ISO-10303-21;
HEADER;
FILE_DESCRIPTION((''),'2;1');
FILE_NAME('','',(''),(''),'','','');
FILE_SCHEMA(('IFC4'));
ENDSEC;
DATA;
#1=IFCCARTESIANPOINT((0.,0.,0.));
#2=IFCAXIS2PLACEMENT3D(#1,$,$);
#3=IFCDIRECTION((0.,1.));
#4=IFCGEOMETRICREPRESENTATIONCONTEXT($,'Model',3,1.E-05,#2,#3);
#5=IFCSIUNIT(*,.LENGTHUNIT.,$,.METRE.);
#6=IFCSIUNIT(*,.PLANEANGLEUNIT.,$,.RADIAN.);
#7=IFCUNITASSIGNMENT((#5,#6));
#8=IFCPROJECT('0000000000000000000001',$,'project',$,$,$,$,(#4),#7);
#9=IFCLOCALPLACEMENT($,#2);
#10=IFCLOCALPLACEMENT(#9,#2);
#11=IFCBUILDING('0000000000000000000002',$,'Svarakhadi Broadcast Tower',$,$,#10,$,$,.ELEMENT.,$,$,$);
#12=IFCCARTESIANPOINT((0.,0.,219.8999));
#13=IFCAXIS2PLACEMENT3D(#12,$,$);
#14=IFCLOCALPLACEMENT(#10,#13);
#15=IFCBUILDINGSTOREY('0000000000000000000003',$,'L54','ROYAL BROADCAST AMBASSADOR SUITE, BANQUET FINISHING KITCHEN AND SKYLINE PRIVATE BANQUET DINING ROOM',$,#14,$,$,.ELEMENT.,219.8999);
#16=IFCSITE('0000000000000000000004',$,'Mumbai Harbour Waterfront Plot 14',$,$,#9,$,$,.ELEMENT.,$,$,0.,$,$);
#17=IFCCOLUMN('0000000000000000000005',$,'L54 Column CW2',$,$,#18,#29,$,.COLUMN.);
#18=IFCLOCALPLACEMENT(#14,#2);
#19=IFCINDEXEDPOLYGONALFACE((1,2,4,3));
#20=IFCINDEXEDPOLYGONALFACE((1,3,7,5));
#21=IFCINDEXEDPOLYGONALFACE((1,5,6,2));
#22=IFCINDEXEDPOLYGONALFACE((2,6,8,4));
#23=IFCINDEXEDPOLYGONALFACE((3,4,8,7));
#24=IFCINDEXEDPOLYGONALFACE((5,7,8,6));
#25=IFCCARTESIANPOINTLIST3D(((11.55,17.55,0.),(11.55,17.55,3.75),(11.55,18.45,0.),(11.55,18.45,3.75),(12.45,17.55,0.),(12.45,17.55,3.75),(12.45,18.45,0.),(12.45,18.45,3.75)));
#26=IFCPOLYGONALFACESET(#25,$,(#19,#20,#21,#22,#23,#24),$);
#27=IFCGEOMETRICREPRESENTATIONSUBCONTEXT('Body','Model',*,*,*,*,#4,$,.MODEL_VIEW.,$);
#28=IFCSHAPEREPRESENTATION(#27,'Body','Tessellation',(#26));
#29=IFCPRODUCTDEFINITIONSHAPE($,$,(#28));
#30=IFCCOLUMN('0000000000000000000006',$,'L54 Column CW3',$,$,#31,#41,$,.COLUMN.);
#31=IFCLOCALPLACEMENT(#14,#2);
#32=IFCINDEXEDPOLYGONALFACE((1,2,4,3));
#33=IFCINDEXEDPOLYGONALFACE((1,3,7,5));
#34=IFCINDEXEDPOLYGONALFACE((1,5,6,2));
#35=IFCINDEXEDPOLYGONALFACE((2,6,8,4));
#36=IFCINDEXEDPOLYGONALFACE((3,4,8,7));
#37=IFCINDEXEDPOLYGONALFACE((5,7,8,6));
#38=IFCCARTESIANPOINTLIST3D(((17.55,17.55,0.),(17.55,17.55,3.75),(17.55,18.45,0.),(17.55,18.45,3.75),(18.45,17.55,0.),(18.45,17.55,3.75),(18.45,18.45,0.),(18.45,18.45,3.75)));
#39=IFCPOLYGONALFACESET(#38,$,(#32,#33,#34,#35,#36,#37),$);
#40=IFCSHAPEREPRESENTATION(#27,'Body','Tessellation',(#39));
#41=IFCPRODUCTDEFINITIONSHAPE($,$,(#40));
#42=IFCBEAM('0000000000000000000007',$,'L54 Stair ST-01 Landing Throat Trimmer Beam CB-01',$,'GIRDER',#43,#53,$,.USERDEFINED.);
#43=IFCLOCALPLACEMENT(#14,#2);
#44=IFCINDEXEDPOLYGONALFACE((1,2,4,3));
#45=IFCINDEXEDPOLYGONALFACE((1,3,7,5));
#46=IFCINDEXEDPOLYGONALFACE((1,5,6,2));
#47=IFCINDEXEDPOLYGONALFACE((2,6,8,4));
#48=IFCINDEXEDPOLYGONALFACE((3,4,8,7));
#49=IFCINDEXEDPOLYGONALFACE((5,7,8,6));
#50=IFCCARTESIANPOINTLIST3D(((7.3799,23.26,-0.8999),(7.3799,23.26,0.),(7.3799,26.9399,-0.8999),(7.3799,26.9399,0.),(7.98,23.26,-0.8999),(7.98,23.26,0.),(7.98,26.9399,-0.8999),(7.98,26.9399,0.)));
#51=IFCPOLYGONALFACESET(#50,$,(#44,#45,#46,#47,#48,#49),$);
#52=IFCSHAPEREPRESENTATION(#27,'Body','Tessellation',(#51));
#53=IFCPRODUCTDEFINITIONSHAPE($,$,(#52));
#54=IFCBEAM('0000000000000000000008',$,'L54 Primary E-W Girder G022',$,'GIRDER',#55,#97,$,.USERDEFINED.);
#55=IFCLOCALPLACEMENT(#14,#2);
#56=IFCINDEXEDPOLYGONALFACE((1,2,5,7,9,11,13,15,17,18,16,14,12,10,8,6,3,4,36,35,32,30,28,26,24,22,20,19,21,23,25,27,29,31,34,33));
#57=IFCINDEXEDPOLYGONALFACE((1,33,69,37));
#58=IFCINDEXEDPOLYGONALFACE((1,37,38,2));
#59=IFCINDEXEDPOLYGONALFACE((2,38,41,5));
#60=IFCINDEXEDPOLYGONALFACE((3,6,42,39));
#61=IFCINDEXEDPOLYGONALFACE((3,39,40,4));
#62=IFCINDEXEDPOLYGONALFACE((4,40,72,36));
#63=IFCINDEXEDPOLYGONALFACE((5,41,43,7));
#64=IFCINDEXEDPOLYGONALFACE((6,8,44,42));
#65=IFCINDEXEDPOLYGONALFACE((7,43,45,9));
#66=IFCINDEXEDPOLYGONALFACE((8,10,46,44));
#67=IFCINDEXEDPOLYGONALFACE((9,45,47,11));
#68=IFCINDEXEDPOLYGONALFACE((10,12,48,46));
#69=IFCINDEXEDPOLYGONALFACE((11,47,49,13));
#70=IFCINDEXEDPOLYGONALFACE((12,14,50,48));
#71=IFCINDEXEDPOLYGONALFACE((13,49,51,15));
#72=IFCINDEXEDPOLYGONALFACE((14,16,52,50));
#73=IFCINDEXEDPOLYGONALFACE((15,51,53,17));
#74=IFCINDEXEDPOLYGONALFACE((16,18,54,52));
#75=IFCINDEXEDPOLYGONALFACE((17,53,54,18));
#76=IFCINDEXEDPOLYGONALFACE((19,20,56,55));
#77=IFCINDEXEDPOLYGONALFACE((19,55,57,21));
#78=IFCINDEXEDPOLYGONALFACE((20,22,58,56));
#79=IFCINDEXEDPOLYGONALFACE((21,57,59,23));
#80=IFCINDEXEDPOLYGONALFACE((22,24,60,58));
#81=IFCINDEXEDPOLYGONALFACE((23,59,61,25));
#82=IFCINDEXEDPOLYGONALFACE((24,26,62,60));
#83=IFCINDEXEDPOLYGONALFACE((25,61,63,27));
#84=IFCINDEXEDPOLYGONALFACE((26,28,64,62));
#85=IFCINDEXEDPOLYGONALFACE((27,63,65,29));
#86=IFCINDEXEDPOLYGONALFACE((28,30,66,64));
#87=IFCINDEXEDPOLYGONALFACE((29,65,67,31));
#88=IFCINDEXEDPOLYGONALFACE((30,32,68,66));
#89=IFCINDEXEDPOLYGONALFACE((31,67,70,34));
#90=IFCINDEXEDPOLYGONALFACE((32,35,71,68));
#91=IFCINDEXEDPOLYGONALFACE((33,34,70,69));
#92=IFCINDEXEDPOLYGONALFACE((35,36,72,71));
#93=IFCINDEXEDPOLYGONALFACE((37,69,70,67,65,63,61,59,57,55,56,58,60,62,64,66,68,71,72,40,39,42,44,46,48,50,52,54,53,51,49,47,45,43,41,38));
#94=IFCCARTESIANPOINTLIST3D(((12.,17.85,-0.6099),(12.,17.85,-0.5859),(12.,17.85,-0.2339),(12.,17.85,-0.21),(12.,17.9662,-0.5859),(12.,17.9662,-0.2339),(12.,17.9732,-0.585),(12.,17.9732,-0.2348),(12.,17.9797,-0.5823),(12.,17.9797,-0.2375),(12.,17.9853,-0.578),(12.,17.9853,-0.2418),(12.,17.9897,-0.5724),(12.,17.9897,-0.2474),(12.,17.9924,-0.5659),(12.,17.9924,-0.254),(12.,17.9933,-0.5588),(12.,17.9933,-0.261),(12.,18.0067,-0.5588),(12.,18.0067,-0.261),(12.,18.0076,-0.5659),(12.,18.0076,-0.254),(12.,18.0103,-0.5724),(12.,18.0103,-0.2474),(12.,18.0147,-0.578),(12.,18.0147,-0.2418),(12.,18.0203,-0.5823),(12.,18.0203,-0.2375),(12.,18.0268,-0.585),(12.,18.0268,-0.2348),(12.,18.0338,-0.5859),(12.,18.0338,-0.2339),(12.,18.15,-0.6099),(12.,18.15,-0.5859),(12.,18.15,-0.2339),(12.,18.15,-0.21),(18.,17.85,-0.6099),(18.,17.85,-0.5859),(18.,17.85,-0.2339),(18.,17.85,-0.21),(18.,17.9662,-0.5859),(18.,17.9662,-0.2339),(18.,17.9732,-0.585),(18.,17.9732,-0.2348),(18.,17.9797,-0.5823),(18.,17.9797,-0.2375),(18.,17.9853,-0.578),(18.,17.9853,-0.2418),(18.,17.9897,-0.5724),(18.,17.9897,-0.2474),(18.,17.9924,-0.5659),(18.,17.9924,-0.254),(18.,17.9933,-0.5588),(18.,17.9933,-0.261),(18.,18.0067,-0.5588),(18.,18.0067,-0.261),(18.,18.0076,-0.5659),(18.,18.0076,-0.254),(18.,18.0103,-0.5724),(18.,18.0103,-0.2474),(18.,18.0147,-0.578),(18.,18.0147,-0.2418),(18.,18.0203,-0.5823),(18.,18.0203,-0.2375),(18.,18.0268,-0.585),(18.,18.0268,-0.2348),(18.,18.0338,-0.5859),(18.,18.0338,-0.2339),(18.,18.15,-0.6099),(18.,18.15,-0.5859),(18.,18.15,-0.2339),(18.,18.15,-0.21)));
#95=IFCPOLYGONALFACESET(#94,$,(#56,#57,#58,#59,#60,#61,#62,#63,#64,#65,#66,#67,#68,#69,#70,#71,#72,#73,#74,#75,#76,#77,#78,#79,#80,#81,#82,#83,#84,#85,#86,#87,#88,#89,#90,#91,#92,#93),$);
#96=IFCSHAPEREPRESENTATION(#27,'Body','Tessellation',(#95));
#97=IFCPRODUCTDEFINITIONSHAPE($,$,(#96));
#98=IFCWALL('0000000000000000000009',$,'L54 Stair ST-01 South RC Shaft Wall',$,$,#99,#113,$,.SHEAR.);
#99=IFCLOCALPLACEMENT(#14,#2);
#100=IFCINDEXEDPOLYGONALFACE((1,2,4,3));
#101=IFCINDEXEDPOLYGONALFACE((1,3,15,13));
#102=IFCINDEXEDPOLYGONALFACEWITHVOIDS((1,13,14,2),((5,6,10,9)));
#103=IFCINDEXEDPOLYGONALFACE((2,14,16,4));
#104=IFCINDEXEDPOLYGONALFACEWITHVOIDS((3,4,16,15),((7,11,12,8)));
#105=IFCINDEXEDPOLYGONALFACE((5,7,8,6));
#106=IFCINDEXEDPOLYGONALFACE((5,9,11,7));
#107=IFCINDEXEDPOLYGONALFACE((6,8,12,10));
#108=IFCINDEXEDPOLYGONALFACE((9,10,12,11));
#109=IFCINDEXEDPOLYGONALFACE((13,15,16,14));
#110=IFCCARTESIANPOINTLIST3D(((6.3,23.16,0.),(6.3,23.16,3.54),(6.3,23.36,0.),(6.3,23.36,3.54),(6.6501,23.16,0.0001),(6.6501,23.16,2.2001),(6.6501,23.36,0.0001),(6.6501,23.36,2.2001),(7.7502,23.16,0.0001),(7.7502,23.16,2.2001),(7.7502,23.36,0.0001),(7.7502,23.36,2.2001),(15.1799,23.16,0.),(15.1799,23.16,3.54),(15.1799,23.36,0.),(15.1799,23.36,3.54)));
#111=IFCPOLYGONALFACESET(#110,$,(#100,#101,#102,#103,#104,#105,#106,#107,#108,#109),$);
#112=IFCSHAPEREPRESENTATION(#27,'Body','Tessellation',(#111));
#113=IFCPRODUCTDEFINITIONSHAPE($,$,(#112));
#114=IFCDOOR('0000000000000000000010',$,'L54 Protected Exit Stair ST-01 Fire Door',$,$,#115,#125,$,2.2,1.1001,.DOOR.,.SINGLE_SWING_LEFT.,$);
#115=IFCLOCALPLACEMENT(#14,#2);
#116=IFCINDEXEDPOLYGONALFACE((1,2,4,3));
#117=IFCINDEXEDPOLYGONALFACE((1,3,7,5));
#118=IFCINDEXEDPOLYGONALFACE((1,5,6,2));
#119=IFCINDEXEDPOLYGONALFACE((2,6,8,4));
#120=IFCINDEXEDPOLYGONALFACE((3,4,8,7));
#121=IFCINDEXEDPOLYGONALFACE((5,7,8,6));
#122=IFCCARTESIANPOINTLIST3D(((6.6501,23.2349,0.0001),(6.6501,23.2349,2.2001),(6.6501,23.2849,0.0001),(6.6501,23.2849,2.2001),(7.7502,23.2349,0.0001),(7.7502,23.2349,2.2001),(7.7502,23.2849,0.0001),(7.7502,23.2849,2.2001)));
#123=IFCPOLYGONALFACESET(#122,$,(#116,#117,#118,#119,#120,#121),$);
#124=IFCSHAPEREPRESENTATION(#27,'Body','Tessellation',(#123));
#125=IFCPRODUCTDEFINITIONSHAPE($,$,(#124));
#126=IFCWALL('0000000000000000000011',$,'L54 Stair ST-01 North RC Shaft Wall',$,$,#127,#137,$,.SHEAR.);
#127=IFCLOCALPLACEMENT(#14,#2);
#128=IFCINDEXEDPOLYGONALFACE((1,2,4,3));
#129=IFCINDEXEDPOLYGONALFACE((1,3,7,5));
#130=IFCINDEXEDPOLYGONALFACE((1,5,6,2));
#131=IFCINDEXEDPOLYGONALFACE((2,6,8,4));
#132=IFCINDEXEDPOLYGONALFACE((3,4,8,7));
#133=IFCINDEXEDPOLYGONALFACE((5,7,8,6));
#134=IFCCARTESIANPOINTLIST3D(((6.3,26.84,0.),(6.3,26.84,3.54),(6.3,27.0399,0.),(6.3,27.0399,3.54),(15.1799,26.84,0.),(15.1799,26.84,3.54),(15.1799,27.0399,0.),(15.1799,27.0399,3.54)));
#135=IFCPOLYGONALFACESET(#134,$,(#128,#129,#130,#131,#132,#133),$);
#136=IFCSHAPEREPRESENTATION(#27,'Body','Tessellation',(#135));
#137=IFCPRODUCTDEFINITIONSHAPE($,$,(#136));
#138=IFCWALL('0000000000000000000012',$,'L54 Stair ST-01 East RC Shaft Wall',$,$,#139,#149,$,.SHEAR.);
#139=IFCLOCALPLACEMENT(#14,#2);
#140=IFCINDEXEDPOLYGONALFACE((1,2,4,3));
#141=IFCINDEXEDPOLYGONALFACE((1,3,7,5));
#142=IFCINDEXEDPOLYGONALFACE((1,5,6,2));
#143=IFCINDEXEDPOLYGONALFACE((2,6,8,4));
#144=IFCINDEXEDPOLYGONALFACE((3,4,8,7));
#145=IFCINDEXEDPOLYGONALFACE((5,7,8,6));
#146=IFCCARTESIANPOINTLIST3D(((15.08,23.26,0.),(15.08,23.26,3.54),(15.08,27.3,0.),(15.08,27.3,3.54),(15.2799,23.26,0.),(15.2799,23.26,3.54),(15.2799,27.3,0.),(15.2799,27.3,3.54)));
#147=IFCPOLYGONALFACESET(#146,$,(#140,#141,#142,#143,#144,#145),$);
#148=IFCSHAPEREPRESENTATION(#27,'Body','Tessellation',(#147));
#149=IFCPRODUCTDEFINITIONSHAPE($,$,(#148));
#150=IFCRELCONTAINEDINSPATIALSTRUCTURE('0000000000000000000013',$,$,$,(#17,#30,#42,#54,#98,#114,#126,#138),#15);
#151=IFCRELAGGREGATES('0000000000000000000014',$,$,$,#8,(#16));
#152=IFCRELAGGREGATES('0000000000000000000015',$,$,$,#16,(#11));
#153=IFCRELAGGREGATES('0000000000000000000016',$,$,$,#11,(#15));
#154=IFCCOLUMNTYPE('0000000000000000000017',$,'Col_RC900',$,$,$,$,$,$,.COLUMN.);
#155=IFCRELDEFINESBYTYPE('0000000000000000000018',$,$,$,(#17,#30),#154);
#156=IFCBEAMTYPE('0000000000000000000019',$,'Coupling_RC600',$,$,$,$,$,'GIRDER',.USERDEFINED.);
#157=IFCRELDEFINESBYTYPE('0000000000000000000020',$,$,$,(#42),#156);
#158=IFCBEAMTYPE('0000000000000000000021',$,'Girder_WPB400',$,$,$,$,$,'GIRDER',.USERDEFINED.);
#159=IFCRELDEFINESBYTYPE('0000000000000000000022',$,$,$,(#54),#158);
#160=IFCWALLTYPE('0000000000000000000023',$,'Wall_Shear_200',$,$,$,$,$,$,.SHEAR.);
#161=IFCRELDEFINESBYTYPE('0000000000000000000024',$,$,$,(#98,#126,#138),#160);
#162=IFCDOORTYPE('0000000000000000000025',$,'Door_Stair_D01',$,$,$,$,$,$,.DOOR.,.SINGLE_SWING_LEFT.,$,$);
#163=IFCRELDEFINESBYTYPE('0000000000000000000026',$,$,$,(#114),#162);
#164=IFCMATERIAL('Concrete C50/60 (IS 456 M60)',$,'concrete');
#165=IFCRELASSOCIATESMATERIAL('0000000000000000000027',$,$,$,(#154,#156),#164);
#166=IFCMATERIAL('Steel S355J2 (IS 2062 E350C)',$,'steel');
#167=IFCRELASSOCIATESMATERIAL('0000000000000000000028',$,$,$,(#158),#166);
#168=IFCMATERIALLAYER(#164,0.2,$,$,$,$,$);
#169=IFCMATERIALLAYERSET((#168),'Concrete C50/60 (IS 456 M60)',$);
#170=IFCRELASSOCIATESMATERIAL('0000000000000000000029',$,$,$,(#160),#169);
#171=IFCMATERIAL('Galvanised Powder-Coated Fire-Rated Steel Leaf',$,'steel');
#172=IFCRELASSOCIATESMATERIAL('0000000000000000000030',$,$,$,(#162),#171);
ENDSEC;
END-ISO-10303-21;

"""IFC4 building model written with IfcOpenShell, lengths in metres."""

from ifc_helpers import new_model, si_unit, direction, frame, frame_2d, origin, origin_2d, place, context, subcontext, project, spatial, rectangle, i_section, extrude, material, layer, layer_set, material_profile, profile_set, type_object, element, fill, save


model = new_model("IFC4")

# Units and contexts
model_context = context("Model", 3, precision=1e-05, world=origin(), true_north=direction((0.0, 1.0)))
body_context = subcontext(model_context, "Body", "Model", "MODEL_VIEW")
ifc_project = project(units=[si_unit("LENGTHUNIT", "METRE"), si_unit("PLANEANGLEUNIT", "RADIAN")], contexts=[model_context])

# Site, building, storey
site_placement = place(None, origin())
site = spatial("IfcSite", under=ifc_project, at=site_placement, Name="Mumbai Harbour Waterfront Plot 14", CompositionType="ELEMENT", RefElevation=0.0)
building_placement = place(site_placement, origin())
building = spatial("IfcBuilding", under=site, at=building_placement, Name="Svarakhadi Broadcast Tower", CompositionType="ELEMENT")
storey_placement = place(building_placement, frame((0.0, 0.0, 219.8999)))
storey = spatial("IfcBuildingStorey", under=building, at=storey_placement, Name="L54", Description="ROYAL BROADCAST AMBASSADOR SUITE, BANQUET FINISHING KITCHEN AND SKYLINE PRIVATE BANQUET DINING ROOM", CompositionType="ELEMENT", Elevation=219.8999)

# Columns
ifc_material_1 = material(Name="Concrete C50/60 (IS 456 M60)", Category="concrete")
ifc_material_profile_1 = material_profile(ifc_material_1, rectangle(XDim=0.8999, YDim=0.8999, at=origin_2d()), Name="RC 900x900")
ifc_profile_set_1 = profile_set([ifc_material_profile_1], Name="Concrete C50/60 (IS 456 M60)")
column_type = type_object("IfcColumnType", Name="Col_RC900", PredefinedType="COLUMN", material=ifc_profile_set_1)
for number, where, z_axis, x_axis, name in (
    (1, (12.0, 18.0, 0.0), (0.0, 0.0, 1.0), (1.0, 0.0, 0.0), "L54 Column CW2"),
    (2, (18.0, 18.0, 0.0), (0.0, 0.0, 1.0), (1.0, 0.0, 0.0), "L54 Column CW3"),
):
    element("IfcColumn", number, at=place(storey_placement, frame(where, z_axis=z_axis, x_axis=x_axis)), inside=storey, type_object=column_type, Name=name, PredefinedType="COLUMN", context=body_context, shape_type="SweptSolid", body=[
        extrude(rectangle(XDim=0.8999, YDim=0.8999, at=origin_2d()), origin(), (0.0, 0.0, 1.0), 3.75),
    ])

# Beams
ifc_material_profile_2 = material_profile(ifc_material_1, rectangle(XDim=0.6001, YDim=0.8999, at=origin_2d()), Name="RC 600x900")
ifc_profile_set_2 = profile_set([ifc_material_profile_2], Name="Concrete C50/60 (IS 456 M60)")
beam_type_1 = type_object("IfcBeamType", Name="Coupling_RC600", ElementType="GIRDER", PredefinedType="USERDEFINED", material=ifc_profile_set_2)
beam_1_placement = place(storey_placement, frame((7.6799, 23.26, -0.45), z_axis=(0.0, 1.0, 0.0), x_axis=(-1.0, 0.0, 0.0)))
element("IfcBeam", 3, at=beam_1_placement, inside=storey, type_object=beam_type_1, Name="L54 Stair ST-01 Landing Throat Trimmer Beam CB-01", ObjectType="GIRDER", PredefinedType="USERDEFINED", context=body_context, shape_type="SweptSolid", body=[
    extrude(rectangle(XDim=0.6001, YDim=0.8999, at=origin_2d()), origin(), (0.0, 0.0, 1.0), 3.6799),
])
ifc_material_2 = material(Name="Steel S355J2 (IS 2062 E350C)", Category="steel")
ifc_material_profile_3 = material_profile(ifc_material_2, i_section(OverallWidth=0.3, OverallDepth=0.3999, WebThickness=0.0134, FlangeThickness=0.0239, FilletRadius=0.0271, at=origin_2d()), Name="WPB 400x300x155")
ifc_profile_set_3 = profile_set([ifc_material_profile_3], Name="Steel S355J2 (IS 2062 E350C)")
beam_type_2 = type_object("IfcBeamType", Name="Girder_WPB400", ElementType="GIRDER", PredefinedType="USERDEFINED", material=ifc_profile_set_3)
beam_2_placement = place(storey_placement, frame((12.0, 18.0, -0.4099), z_axis=(1.0, 0.0, 0.0), x_axis=(0.0, 1.0, 0.0)))
element("IfcBeam", 4, at=beam_2_placement, inside=storey, type_object=beam_type_2, Name="L54 Primary E-W Girder G022", ObjectType="GIRDER", PredefinedType="USERDEFINED", context=body_context, shape_type="SweptSolid", body=[
    extrude(i_section(OverallWidth=0.3, OverallDepth=0.3999, WebThickness=0.0134, FlangeThickness=0.0239, FilletRadius=0.0271, at=origin_2d()), origin(), (0.0, 0.0, 1.0), 6.0),
])

# Wall, opening, door
ifc_material_3 = material(Name="Galvanised Powder-Coated Fire-Rated Steel Leaf", Category="steel")
ifc_layer_1 = layer(ifc_material_1, 0.2)
ifc_layer_set_1 = layer_set([ifc_layer_1], Name="Concrete C50/60 (IS 456 M60)")
wall_type_1 = type_object("IfcWallType", Name="Wall_Shear_200", PredefinedType="SHEAR", material=ifc_layer_set_1)
wall_1_placement = place(storey_placement, frame((6.3, 23.26, 0.0), z_axis=(0.0, 0.0, 1.0), x_axis=(1.0, 0.0, 0.0)))
wall_1 = element("IfcWall", 5, at=wall_1_placement, inside=storey, type_object=wall_type_1, Name="L54 Stair ST-01 South RC Shaft Wall", PredefinedType="SHEAR", context=body_context, shape_type="SweptSolid", body=[
    extrude(rectangle(XDim=8.8799, YDim=0.2, at=frame_2d((4.4399, 0.0))), origin(), (0.0, 0.0, 1.0), 3.54),
])
opening_1_placement = place(wall_1_placement, frame((0.3501, 0.0, 0.0)))
opening_1 = element("IfcOpeningElement", 6, at=opening_1_placement, cuts=wall_1, PredefinedType="OPENING", context=body_context, shape_type="SweptSolid", body=[
    extrude(rectangle(XDim=1.1001, YDim=2.2, at=frame_2d((0.55, 1.1001))), frame((0.0, 0.1099, 0.0), z_axis=(0.0, -1.0, 0.0), x_axis=(1.0, 0.0, 0.0)), (0.0, 0.0, 1.0), 0.22),
])
door_type_1 = type_object("IfcDoorType", Name="Door_Stair_D01", OperationType="SINGLE_SWING_LEFT", PredefinedType="DOOR", material=ifc_material_3)
door_1_placement = place(opening_1_placement, origin())
door_1 = element("IfcDoor", 7, at=door_1_placement, inside=storey, type_object=door_type_1, Name="L54 Protected Exit Stair ST-01 Fire Door", OperationType="SINGLE_SWING_LEFT", OverallHeight=2.2, OverallWidth=1.1001, PredefinedType="DOOR", context=body_context, shape_type="SweptSolid", body=[
    extrude(rectangle(XDim=1.1001, YDim=2.2, at=frame_2d((0.55, 1.1001))), frame((0.0, 0.0249, 0.0), z_axis=(0.0, -1.0, 0.0), x_axis=(1.0, 0.0, 0.0)), (0.0, 0.0, 1.0), 0.05),
])
fill(opening_1, door_1)

# Walls
wall_2_placement = place(storey_placement, frame((6.3, 26.9399, 0.0), z_axis=(0.0, 0.0, 1.0), x_axis=(1.0, 0.0, 0.0)))
element("IfcWall", 8, at=wall_2_placement, inside=storey, type_object=wall_type_1, Name="L54 Stair ST-01 North RC Shaft Wall", PredefinedType="SHEAR", context=body_context, shape_type="SweptSolid", body=[
    extrude(rectangle(XDim=8.8799, YDim=0.2, at=frame_2d((4.4399, 0.0))), origin(), (0.0, 0.0, 1.0), 3.54),
])
wall_3_placement = place(storey_placement, frame((15.1799, 23.26, 0.0), z_axis=(0.0, 0.0, 1.0), x_axis=(0.0, 1.0, 0.0)))
element("IfcWall", 9, at=wall_3_placement, inside=storey, type_object=wall_type_1, Name="L54 Stair ST-01 East RC Shaft Wall", PredefinedType="SHEAR", context=body_context, shape_type="SweptSolid", body=[
    extrude(rectangle(XDim=4.04, YDim=0.2, at=frame_2d((2.02, 0.0))), origin(), (0.0, 0.0, 1.0), 3.54),
])

save(model, "model.ifc")
